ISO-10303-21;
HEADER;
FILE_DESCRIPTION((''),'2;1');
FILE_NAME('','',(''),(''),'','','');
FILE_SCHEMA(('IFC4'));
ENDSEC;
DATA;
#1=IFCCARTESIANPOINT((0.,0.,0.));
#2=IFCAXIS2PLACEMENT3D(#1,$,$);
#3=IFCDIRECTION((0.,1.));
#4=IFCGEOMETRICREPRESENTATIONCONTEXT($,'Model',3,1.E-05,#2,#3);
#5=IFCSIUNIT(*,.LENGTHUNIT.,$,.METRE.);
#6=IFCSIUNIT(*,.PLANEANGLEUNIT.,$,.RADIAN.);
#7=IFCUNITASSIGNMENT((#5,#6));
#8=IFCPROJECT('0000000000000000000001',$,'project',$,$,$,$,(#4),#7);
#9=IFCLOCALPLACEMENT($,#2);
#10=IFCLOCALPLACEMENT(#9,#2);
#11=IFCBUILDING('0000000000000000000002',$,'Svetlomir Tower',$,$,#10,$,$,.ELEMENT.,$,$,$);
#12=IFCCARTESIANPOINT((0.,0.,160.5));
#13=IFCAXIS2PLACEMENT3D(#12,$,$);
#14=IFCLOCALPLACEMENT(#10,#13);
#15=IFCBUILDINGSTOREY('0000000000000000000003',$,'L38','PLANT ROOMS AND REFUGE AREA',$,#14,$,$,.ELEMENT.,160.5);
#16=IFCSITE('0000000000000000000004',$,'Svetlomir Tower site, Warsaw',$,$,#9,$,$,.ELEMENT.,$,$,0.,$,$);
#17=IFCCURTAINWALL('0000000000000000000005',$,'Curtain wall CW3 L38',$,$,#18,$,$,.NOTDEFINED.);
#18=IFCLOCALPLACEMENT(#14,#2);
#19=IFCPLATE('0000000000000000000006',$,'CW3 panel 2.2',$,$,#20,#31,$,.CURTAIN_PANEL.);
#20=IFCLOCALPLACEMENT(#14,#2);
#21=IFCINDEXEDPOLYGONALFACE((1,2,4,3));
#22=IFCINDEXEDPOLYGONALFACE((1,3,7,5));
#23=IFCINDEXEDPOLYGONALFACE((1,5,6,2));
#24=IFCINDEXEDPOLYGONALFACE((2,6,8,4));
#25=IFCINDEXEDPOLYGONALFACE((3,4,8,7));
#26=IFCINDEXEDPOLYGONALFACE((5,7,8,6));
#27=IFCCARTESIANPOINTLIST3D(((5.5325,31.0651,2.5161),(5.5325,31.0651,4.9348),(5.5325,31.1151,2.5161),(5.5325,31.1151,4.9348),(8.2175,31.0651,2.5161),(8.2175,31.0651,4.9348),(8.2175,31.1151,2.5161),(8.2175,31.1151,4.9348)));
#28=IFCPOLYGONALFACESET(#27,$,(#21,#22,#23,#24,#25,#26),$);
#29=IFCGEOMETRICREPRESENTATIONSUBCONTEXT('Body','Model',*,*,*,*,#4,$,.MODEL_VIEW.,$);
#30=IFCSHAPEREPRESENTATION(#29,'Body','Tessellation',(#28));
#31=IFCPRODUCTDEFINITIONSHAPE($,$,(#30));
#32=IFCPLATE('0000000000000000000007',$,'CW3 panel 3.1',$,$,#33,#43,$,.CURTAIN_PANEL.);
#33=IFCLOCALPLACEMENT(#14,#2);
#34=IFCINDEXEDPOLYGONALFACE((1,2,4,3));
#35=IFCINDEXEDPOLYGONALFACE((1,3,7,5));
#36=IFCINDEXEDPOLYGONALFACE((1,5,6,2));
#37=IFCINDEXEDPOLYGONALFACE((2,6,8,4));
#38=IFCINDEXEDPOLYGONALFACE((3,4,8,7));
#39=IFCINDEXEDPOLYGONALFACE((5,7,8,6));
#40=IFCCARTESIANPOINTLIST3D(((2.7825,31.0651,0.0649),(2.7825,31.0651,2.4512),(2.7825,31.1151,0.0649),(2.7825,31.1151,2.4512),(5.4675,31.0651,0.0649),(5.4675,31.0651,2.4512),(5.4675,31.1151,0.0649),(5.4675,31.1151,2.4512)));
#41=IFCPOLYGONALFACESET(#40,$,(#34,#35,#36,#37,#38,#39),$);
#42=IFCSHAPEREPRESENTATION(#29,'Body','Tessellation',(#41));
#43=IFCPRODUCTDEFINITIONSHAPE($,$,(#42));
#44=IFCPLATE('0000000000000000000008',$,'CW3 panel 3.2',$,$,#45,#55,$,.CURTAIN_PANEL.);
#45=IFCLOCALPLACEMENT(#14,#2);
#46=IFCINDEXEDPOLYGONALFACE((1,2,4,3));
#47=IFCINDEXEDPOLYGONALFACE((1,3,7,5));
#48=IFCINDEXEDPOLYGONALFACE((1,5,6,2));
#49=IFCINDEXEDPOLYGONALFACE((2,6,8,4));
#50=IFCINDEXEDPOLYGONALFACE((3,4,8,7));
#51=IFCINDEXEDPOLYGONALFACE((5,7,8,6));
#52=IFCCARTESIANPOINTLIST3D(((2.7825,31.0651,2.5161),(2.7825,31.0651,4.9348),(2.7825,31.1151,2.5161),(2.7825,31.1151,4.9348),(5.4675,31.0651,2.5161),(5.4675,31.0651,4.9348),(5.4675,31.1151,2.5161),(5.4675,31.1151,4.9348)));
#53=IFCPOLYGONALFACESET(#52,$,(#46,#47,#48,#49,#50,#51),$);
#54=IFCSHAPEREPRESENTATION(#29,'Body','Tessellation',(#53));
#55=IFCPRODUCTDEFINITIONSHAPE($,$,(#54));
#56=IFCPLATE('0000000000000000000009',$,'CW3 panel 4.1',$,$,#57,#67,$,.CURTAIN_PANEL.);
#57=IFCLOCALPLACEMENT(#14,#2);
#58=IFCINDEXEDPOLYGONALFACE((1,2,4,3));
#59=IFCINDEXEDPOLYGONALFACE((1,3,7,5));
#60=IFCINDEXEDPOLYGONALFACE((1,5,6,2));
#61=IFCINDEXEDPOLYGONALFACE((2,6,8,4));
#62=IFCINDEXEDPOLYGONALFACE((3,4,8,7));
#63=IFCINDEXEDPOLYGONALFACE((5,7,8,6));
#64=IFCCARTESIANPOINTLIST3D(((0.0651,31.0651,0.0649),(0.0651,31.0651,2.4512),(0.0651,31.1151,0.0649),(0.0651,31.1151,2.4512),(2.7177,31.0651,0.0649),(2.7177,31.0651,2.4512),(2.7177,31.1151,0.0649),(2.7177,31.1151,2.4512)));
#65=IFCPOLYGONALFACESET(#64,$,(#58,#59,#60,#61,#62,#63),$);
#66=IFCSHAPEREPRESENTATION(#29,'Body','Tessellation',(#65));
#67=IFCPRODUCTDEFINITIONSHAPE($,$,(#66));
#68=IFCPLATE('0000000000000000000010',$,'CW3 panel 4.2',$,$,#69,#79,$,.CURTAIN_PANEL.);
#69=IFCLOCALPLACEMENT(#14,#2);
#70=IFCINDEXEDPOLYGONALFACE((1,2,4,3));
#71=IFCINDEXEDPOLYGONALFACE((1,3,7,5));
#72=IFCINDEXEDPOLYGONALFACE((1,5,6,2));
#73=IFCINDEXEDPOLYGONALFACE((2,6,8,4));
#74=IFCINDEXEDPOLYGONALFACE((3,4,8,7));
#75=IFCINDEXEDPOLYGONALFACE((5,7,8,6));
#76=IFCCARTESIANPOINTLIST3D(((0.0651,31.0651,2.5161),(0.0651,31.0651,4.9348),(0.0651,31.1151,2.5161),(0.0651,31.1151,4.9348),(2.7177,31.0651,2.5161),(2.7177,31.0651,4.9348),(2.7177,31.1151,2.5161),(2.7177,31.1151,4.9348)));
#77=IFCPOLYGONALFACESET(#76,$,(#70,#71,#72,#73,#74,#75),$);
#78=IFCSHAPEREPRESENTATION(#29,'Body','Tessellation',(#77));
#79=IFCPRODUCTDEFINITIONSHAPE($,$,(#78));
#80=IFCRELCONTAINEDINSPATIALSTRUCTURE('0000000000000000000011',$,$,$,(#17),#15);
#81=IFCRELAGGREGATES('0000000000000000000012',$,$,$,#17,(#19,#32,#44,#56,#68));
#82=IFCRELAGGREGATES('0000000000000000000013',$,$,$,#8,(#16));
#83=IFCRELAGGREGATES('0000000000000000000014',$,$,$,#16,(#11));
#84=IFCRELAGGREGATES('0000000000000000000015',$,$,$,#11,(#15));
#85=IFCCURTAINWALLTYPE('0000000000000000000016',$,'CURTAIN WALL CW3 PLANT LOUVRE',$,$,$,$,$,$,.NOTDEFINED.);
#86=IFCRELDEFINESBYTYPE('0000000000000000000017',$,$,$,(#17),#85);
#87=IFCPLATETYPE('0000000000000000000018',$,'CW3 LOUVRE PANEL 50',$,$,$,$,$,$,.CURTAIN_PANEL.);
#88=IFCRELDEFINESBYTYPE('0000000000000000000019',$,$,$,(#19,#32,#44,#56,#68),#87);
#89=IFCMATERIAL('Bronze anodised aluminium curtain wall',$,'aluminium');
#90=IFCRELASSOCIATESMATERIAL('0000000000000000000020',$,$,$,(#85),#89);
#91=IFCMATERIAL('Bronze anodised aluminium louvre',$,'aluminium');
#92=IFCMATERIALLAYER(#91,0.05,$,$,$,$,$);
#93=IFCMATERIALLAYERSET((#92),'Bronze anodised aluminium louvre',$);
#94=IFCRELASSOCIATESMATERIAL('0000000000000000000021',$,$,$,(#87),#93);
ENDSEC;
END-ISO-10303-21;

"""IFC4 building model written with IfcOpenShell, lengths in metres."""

from ifc_helpers import new_model, si_unit, direction, frame, origin, origin_2d, place, context, subcontext, project, spatial, rectangle, extrude, material, layer, layer_set, type_object, element, aggregate, save


model = new_model("IFC4")

# Units and contexts
model_context = context("Model", 3, precision=1e-05, world=origin(), true_north=direction((0.0, 1.0)))
body_context = subcontext(model_context, "Body", "Model", "MODEL_VIEW")
ifc_project = project(units=[si_unit("LENGTHUNIT", "METRE"), si_unit("PLANEANGLEUNIT", "RADIAN")], contexts=[model_context])

# Site, building, storey
site_placement = place(None, origin())
site = spatial("IfcSite", under=ifc_project, at=site_placement, Name="Svetlomir Tower site, Warsaw", CompositionType="ELEMENT", RefElevation=0.0)
building_placement = place(site_placement, origin())
building = spatial("IfcBuilding", under=site, at=building_placement, Name="Svetlomir Tower", CompositionType="ELEMENT")
storey_placement = place(building_placement, frame((0.0, 0.0, 160.5)))
storey = spatial("IfcBuildingStorey", under=building, at=storey_placement, Name="L38", Description="PLANT ROOMS AND REFUGE AREA", CompositionType="ELEMENT", Elevation=160.5)

# Curtain wall
ifc_material_1 = material(Name="Bronze anodised aluminium curtain wall", Category="aluminium")
curtain_wall_type = type_object("IfcCurtainWallType", Name="CURTAIN WALL CW3 PLANT LOUVRE", PredefinedType="NOTDEFINED", material=ifc_material_1)
curtain_wall_1_placement = place(storey_placement, origin())
curtain_wall_1 = element("IfcCurtainWall", 1, at=curtain_wall_1_placement, inside=storey, type_object=curtain_wall_type, Name="Curtain wall CW3 L38", PredefinedType="NOTDEFINED")

# Plates
ifc_material_2 = material(Name="Bronze anodised aluminium louvre", Category="aluminium")
ifc_layer = layer(ifc_material_2, 0.05)
ifc_layer_set = layer_set([ifc_layer], Name="Bronze anodised aluminium louvre")
plate_type = type_object("IfcPlateType", Name="CW3 LOUVRE PANEL 50", PredefinedType="CURTAIN_PANEL", material=ifc_layer_set)
plate_1_placement = place(storey_placement, frame((6.875, 31.0901, 2.5161), z_axis=(0.0, 0.0, 1.0), x_axis=(-1.0, 0.0, 0.0)))
plate_1 = element("IfcPlate", 2, at=plate_1_placement, type_object=plate_type, Name="CW3 panel 2.2", PredefinedType="CURTAIN_PANEL", context=body_context, shape_type="SweptSolid", body=[
    extrude(rectangle(XDim=2.6851, YDim=0.05, at=origin_2d()), origin(), (0.0, 0.0, 1.0), 2.4187),
])
plate_2_placement = place(storey_placement, frame((4.125, 31.0901, 0.0649), z_axis=(0.0, 0.0, 1.0), x_axis=(-1.0, 0.0, 0.0)))
plate_2 = element("IfcPlate", 3, at=plate_2_placement, type_object=plate_type, Name="CW3 panel 3.1", PredefinedType="CURTAIN_PANEL", context=body_context, shape_type="SweptSolid", body=[
    extrude(rectangle(XDim=2.6851, YDim=0.05, at=origin_2d()), origin(), (0.0, 0.0, 1.0), 2.3862),
])
plate_3_placement = place(storey_placement, frame((4.125, 31.0901, 2.5161), z_axis=(0.0, 0.0, 1.0), x_axis=(-1.0, 0.0, 0.0)))
plate_3 = element("IfcPlate", 4, at=plate_3_placement, type_object=plate_type, Name="CW3 panel 3.2", PredefinedType="CURTAIN_PANEL", context=body_context, shape_type="SweptSolid", body=[
    extrude(rectangle(XDim=2.6851, YDim=0.05, at=origin_2d()), origin(), (0.0, 0.0, 1.0), 2.4187),
])
plate_4_placement = place(storey_placement, frame((1.3914, 31.0901, 0.0649), z_axis=(0.0, 0.0, 1.0), x_axis=(-1.0, 0.0, 0.0)))
plate_4 = element("IfcPlate", 5, at=plate_4_placement, type_object=plate_type, Name="CW3 panel 4.1", PredefinedType="CURTAIN_PANEL", context=body_context, shape_type="SweptSolid", body=[
    extrude(rectangle(XDim=2.6526, YDim=0.05, at=origin_2d()), origin(), (0.0, 0.0, 1.0), 2.3862),
])
plate_5_placement = place(storey_placement, frame((1.3914, 31.0901, 2.5161), z_axis=(0.0, 0.0, 1.0), x_axis=(-1.0, 0.0, 0.0)))
plate_5 = element("IfcPlate", 6, at=plate_5_placement, type_object=plate_type, Name="CW3 panel 4.2", PredefinedType="CURTAIN_PANEL", context=body_context, shape_type="SweptSolid", body=[
    extrude(rectangle(XDim=2.6526, YDim=0.05, at=origin_2d()), origin(), (0.0, 0.0, 1.0), 2.4187),
])
aggregate(curtain_wall_1, [plate_1, plate_2, plate_3, plate_4, plate_5])

save(model, "model.ifc")
